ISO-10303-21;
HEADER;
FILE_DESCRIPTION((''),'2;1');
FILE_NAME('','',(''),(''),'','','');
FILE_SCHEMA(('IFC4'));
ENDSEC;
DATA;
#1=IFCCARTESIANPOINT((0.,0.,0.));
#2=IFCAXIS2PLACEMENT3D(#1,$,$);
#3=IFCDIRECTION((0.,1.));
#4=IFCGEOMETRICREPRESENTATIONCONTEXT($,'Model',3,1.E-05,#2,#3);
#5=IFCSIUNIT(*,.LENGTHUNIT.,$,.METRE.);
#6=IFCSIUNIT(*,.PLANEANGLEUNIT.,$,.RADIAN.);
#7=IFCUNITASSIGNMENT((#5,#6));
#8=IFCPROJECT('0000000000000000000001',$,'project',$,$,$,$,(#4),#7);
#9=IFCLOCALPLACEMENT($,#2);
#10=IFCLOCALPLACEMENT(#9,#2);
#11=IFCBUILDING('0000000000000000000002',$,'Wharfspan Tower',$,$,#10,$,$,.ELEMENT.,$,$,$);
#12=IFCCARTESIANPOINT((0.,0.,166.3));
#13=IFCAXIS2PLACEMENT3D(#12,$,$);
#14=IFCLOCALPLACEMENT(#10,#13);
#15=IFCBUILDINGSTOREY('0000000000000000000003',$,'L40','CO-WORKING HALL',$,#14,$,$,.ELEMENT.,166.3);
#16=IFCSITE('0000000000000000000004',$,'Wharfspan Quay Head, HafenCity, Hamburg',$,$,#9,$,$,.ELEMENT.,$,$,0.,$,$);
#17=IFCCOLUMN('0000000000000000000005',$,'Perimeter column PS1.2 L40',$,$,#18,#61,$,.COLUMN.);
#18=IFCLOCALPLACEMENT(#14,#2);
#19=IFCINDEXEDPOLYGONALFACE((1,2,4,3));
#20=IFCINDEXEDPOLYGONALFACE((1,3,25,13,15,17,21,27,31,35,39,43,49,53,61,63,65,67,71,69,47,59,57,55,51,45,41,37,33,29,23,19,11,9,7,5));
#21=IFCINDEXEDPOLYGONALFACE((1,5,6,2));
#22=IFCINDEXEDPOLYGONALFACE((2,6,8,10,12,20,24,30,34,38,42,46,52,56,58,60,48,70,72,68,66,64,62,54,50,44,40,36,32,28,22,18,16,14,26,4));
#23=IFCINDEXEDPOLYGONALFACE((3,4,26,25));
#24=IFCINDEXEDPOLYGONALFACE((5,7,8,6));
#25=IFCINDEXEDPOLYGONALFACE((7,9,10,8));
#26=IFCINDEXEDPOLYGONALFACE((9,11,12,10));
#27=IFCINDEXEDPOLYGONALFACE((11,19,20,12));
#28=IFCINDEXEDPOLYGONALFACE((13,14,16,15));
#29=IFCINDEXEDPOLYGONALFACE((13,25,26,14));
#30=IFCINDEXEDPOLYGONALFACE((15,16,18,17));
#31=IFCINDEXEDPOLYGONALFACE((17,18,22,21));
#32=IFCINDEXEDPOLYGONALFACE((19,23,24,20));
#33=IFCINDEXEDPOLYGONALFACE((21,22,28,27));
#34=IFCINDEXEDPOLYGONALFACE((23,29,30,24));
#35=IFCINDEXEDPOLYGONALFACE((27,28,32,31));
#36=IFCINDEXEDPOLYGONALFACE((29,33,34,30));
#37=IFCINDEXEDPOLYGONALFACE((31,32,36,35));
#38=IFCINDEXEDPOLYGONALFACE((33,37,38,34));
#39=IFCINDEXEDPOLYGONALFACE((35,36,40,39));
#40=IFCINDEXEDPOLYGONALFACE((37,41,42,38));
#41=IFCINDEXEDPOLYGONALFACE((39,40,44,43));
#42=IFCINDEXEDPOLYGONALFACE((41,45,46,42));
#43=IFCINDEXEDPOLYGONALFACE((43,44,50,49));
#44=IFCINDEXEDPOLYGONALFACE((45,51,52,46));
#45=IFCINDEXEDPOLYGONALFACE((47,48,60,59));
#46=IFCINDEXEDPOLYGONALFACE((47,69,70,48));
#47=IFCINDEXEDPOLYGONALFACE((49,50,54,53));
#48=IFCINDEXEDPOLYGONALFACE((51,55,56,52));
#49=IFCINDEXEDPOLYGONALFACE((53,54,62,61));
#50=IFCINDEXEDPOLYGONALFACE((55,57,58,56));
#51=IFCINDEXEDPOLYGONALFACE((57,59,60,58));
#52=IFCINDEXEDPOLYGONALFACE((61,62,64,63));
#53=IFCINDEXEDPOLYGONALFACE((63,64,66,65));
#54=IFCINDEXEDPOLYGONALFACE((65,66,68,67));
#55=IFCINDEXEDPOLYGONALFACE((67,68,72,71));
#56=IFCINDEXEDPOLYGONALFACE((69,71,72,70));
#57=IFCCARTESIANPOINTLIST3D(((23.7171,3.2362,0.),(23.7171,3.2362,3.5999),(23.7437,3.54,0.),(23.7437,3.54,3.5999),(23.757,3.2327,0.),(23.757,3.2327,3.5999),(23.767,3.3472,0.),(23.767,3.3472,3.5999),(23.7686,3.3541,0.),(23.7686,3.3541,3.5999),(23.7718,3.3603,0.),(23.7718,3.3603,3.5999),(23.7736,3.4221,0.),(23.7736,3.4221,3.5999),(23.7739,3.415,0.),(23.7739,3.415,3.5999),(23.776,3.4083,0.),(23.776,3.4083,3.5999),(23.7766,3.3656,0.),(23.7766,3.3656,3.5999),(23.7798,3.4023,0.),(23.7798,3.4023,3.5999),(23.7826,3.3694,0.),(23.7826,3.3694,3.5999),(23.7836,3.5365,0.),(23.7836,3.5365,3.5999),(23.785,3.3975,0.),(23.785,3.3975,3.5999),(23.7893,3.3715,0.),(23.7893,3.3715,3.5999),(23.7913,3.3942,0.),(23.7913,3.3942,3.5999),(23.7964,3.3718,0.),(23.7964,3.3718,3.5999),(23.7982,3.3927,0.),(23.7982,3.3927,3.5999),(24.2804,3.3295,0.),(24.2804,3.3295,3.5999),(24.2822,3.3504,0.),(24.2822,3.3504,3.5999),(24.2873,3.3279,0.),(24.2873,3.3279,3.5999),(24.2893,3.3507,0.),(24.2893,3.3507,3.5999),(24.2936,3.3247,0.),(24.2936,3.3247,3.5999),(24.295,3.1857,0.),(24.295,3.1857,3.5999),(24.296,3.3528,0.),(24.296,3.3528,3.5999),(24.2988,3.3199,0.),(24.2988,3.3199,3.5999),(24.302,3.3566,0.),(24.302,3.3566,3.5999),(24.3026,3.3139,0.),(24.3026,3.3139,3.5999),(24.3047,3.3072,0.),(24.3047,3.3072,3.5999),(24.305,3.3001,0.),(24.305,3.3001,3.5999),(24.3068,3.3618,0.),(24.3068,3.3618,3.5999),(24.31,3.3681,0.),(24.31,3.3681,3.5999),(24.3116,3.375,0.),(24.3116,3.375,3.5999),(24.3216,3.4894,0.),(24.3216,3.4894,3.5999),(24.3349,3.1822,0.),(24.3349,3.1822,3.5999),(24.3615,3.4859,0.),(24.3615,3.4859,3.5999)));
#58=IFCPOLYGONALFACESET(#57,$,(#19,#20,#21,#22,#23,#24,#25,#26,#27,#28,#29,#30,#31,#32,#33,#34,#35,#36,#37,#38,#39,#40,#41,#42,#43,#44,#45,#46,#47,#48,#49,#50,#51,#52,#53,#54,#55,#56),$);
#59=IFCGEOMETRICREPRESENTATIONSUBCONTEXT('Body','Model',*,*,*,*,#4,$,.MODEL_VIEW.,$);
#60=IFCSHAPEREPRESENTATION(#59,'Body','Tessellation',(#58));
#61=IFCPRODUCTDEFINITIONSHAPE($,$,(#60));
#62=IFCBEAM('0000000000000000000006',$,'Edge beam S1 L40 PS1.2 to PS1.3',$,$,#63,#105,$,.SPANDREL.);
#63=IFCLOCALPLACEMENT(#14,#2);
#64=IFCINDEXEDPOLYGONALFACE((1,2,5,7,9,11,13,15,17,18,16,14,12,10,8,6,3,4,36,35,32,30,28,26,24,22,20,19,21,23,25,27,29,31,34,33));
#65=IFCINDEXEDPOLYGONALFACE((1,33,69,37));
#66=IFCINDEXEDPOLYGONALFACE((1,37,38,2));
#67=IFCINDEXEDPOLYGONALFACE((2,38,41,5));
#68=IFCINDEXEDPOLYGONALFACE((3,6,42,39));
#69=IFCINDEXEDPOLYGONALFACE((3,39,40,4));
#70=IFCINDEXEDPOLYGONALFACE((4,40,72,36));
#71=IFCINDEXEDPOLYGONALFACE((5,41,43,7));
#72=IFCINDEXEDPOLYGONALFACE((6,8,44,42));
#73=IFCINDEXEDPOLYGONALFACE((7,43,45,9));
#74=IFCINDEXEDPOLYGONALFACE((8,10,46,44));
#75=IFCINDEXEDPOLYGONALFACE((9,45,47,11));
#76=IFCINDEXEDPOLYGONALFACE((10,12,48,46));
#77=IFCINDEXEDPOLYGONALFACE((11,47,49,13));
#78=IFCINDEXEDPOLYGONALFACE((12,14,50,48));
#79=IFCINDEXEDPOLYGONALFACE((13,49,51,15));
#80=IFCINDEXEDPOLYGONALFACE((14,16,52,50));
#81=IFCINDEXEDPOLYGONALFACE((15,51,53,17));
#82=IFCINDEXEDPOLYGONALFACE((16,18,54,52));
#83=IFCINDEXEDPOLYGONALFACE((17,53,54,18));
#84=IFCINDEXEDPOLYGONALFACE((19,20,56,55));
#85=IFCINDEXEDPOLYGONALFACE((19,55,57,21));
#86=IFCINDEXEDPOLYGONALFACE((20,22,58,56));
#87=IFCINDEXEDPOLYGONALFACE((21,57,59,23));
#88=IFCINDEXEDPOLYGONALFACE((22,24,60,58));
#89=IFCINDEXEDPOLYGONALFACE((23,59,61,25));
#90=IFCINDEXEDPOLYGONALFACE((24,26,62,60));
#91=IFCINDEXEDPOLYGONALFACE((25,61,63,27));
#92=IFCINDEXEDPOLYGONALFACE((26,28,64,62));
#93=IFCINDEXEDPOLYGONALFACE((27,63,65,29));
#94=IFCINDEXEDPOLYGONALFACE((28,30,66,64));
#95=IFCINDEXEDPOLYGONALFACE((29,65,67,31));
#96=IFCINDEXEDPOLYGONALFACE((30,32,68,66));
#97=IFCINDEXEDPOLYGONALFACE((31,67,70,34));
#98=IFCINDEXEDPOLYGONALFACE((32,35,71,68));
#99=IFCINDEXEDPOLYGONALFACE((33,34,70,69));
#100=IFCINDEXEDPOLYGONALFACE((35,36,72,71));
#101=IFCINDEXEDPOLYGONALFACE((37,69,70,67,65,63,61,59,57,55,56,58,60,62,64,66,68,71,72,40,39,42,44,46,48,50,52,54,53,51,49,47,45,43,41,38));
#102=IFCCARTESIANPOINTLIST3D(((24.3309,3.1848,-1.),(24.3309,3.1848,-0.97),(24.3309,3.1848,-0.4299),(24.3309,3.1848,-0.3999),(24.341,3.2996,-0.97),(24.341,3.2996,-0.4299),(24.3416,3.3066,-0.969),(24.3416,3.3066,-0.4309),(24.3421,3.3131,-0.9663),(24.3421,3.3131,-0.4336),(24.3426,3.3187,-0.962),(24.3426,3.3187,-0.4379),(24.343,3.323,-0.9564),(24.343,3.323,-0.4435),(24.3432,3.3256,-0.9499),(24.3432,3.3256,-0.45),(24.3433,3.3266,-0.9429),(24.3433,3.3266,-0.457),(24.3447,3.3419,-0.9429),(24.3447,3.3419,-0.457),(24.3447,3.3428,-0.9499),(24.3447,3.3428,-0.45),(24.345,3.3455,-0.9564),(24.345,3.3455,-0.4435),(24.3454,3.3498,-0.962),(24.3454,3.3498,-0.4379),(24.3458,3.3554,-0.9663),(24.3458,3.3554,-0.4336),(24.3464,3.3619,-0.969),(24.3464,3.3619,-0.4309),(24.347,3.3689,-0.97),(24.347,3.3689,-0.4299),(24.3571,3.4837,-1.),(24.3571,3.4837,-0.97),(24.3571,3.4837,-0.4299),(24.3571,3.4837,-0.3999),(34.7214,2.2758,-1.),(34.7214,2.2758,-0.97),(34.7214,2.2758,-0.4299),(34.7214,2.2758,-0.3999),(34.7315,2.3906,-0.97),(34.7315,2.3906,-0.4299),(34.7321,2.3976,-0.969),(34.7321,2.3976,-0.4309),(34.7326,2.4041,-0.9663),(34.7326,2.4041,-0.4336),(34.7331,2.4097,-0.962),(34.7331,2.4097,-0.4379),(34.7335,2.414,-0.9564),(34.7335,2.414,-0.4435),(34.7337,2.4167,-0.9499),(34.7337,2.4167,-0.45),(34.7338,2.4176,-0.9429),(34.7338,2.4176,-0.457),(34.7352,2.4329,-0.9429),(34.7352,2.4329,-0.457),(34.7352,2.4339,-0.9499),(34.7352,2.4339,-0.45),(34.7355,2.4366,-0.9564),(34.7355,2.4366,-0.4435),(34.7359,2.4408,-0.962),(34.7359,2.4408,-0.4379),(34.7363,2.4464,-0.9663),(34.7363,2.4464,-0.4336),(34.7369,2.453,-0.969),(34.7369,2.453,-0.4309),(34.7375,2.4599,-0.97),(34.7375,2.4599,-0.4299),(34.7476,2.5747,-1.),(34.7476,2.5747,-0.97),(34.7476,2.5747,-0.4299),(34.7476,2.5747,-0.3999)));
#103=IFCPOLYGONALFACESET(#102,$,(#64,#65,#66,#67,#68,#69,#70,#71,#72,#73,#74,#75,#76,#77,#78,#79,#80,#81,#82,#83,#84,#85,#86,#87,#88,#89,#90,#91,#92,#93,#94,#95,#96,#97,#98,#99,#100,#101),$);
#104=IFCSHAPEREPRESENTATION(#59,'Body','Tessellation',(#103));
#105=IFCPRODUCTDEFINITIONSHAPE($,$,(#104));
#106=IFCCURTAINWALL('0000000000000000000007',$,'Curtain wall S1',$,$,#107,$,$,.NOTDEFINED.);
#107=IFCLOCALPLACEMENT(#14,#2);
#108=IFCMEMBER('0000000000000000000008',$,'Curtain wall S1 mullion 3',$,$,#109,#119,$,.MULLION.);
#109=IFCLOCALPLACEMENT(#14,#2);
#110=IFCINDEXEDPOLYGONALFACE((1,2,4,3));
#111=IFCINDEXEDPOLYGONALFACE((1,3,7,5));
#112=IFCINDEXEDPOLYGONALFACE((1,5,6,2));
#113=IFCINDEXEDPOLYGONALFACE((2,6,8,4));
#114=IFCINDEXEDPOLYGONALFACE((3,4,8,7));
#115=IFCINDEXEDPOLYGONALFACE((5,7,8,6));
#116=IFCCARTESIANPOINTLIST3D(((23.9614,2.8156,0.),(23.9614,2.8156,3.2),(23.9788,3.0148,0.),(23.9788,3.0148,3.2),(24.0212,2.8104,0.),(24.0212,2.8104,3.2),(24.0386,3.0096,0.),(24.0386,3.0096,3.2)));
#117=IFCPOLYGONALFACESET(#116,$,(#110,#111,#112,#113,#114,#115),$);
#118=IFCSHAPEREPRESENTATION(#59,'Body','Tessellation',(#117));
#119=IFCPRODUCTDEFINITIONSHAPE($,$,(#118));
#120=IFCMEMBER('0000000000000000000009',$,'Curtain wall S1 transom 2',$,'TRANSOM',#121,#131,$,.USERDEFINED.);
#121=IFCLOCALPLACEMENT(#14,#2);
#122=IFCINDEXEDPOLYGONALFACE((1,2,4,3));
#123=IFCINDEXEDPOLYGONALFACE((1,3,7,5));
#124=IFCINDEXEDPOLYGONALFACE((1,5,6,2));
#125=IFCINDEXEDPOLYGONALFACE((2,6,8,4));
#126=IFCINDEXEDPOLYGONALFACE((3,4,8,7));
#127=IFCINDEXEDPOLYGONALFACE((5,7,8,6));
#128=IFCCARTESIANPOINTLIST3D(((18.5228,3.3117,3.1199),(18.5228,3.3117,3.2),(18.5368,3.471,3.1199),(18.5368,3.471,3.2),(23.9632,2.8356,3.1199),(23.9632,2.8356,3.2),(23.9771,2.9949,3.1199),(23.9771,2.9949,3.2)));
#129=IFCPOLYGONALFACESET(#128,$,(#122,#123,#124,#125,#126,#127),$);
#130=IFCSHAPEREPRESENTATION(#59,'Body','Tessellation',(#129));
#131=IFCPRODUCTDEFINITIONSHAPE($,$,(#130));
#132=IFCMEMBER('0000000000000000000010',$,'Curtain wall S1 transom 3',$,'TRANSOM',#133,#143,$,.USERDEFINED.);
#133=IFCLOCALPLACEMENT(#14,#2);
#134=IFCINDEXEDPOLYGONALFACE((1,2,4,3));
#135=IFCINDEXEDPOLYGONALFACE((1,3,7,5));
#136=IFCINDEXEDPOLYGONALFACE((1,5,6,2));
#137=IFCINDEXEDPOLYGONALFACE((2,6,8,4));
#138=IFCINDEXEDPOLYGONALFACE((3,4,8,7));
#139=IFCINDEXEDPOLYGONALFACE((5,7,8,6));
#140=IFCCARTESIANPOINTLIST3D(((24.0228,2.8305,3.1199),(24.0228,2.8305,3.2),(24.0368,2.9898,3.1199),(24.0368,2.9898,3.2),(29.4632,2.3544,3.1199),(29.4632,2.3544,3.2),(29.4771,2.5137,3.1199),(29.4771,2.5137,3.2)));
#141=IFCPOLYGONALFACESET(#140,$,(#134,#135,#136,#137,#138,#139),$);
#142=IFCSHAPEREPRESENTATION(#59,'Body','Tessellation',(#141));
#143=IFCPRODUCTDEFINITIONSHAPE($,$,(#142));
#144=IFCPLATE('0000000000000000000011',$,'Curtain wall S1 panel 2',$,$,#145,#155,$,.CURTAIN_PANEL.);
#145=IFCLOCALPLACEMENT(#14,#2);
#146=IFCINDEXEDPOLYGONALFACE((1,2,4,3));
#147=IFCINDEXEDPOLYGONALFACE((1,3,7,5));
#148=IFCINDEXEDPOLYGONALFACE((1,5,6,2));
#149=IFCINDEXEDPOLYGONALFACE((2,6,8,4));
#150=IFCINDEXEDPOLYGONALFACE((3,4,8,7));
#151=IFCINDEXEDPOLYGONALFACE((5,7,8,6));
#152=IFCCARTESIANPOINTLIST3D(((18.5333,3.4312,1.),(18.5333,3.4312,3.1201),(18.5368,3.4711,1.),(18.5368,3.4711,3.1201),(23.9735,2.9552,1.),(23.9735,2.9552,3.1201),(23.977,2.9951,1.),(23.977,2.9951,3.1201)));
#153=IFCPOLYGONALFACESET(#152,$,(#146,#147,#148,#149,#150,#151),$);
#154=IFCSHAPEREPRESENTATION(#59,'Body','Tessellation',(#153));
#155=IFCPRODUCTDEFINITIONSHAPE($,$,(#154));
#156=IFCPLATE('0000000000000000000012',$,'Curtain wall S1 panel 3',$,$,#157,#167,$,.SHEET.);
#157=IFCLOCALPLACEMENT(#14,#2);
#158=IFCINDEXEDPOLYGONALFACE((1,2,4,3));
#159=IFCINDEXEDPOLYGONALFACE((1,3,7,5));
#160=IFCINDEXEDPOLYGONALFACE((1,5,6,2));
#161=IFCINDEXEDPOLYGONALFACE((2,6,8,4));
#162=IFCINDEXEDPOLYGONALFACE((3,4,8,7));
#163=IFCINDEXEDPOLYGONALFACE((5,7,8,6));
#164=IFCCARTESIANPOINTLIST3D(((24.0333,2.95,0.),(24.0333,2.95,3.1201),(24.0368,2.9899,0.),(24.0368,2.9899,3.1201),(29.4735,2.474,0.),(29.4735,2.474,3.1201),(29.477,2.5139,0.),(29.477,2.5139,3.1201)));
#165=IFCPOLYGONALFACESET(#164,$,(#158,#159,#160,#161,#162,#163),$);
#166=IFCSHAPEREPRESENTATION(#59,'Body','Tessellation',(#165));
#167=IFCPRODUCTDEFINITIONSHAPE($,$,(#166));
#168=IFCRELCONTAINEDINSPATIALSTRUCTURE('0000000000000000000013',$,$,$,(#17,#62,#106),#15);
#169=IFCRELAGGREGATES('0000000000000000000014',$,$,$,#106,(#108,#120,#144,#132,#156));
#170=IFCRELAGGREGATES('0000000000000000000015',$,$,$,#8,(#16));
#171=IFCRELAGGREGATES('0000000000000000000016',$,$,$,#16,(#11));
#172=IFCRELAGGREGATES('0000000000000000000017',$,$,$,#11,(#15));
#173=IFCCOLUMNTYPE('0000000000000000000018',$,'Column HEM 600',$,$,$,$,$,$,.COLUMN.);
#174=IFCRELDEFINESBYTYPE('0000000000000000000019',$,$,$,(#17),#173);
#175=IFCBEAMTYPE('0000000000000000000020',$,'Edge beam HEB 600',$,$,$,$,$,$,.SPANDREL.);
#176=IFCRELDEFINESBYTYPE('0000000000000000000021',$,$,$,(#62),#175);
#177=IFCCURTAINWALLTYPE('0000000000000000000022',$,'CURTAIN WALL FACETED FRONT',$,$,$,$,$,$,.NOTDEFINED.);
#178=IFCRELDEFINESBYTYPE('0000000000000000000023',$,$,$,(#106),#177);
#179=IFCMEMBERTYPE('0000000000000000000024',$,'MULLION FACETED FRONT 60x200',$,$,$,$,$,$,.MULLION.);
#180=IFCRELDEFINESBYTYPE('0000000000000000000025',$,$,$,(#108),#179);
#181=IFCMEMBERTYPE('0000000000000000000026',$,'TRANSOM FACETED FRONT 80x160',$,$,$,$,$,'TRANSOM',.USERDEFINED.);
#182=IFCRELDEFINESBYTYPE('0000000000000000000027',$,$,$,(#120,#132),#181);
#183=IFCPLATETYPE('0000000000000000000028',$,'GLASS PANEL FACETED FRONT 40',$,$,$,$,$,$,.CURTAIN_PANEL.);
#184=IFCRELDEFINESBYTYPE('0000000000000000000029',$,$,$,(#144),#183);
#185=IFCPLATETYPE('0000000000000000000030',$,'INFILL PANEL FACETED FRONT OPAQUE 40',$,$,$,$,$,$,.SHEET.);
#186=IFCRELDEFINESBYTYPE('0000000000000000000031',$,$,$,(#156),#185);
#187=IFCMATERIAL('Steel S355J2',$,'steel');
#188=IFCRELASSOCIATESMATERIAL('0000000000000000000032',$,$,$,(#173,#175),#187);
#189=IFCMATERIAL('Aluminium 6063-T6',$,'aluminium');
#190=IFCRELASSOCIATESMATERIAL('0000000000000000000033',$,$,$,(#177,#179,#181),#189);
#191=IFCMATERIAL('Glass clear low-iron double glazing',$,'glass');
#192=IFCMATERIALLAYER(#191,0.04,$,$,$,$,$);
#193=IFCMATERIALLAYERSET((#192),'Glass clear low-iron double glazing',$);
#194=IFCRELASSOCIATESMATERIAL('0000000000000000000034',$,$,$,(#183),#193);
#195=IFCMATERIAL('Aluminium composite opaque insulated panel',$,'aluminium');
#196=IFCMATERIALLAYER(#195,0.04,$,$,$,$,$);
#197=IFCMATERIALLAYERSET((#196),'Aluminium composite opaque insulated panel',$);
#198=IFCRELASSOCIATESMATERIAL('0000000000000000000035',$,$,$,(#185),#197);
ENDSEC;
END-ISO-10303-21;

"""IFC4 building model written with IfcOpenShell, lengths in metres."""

from ifc_helpers import new_model, si_unit, direction, frame, origin, origin_2d, place, context, subcontext, project, spatial, rectangle, i_section, extrude, material, layer, layer_set, material_profile, profile_set, type_object, element, aggregate, save


model = new_model("IFC4")

# Units and contexts
model_context = context("Model", 3, precision=1e-05, world=origin(), true_north=direction((0.0, 1.0)))
body_context = subcontext(model_context, "Body", "Model", "MODEL_VIEW")
ifc_project = project(units=[si_unit("LENGTHUNIT", "METRE"), si_unit("PLANEANGLEUNIT", "RADIAN")], contexts=[model_context])

# Site, building, storey
site_placement = place(None, origin())
site = spatial("IfcSite", under=ifc_project, at=site_placement, Name="Wharfspan Quay Head, HafenCity, Hamburg", CompositionType="ELEMENT", RefElevation=0.0)
building_placement = place(site_placement, origin())
building = spatial("IfcBuilding", under=site, at=building_placement, Name="Wharfspan Tower", CompositionType="ELEMENT")
storey_placement = place(building_placement, frame((0.0, 0.0, 166.3)))
storey = spatial("IfcBuildingStorey", under=building, at=storey_placement, Name="L40", Description="CO-WORKING HALL", CompositionType="ELEMENT", Elevation=166.3)

# Column
ifc_material_1 = material(Name="Steel S355J2", Category="steel")
ifc_material_profile_1 = material_profile(ifc_material_1, i_section(OverallWidth=0.3049, OverallDepth=0.6201, WebThickness=0.021, FlangeThickness=0.04, FilletRadius=0.0271, at=origin_2d()))
ifc_profile_set_1 = profile_set([ifc_material_profile_1], Name="Steel S355J2")
column_type = type_object("IfcColumnType", Name="Column HEM 600", PredefinedType="COLUMN", material=ifc_profile_set_1)
column_placement = place(storey_placement, frame((24.0393, 3.3611, 0.0), z_axis=(0.0, 0.0, 1.0), x_axis=(-0.087156, -0.996198, 0.0)))
element("IfcColumn", 1, at=column_placement, inside=storey, type_object=column_type, Name="Perimeter column PS1.2 L40", PredefinedType="COLUMN", context=body_context, shape_type="SweptSolid", body=[
    extrude(i_section(OverallWidth=0.3049, OverallDepth=0.6201, WebThickness=0.021, FlangeThickness=0.04, FilletRadius=0.0271, at=origin_2d()), origin(), (0.0, 0.0, 1.0), 3.5999),
])

# Beam
ifc_material_profile_2 = material_profile(ifc_material_1, i_section(OverallWidth=0.3, OverallDepth=0.6001, WebThickness=0.0154, FlangeThickness=0.03, FilletRadius=0.0271, at=origin_2d()))
ifc_profile_set_2 = profile_set([ifc_material_profile_2], Name="Steel S355J2")
beam_type = type_object("IfcBeamType", Name="Edge beam HEB 600", PredefinedType="SPANDREL", material=ifc_profile_set_2)
beam_placement = place(storey_placement, frame((24.344, 3.3342, -0.7), z_axis=(0.996196, -0.087146, 0.0), x_axis=(0.087146, 0.996196, 0.0)))
element("IfcBeam", 2, at=beam_placement, inside=storey, type_object=beam_type, Name="Edge beam S1 L40 PS1.2 to PS1.3", PredefinedType="SPANDREL", context=body_context, shape_type="SweptSolid", body=[
    extrude(i_section(OverallWidth=0.3, OverallDepth=0.6001, WebThickness=0.0154, FlangeThickness=0.03, FilletRadius=0.0271, at=origin_2d()), origin(), (0.0, 0.0, 1.0), 10.4302),
])

# Curtain wall, members, plates
ifc_material_2 = material(Name="Aluminium 6063-T6", Category="aluminium")
curtain_wall_type = type_object("IfcCurtainWallType", Name="CURTAIN WALL FACETED FRONT", PredefinedType="NOTDEFINED", material=ifc_material_2)
curtain_wall_placement = place(storey_placement, origin())
curtain_wall = element("IfcCurtainWall", 3, at=curtain_wall_placement, inside=storey, type_object=curtain_wall_type, Name="Curtain wall S1", PredefinedType="NOTDEFINED")
ifc_material_profile_3 = material_profile(ifc_material_2, rectangle(XDim=0.2, YDim=0.0601, at=origin_2d()))
ifc_profile_set_3 = profile_set([ifc_material_profile_3], Name="Aluminium 6063-T6")
member_type_1 = type_object("IfcMemberType", Name="MULLION FACETED FRONT 60x200", PredefinedType="MULLION", material=ifc_profile_set_3)
member_1_placement = place(storey_placement, frame((24.0, 2.9126, 0.0), z_axis=(0.0, 0.0, 1.0), x_axis=(0.087156, 0.996198, 0.0)))
member_1 = element("IfcMember", 4, at=member_1_placement, type_object=member_type_1, Name="Curtain wall S1 mullion 3", PredefinedType="MULLION", context=body_context, shape_type="SweptSolid", body=[
    extrude(rectangle(XDim=0.2, YDim=0.0601, at=origin_2d()), origin(), (0.0, 0.0, 1.0), 3.2),
])
ifc_material_profile_4 = material_profile(ifc_material_2, rectangle(XDim=0.1599, YDim=0.0801, at=origin_2d()))
ifc_profile_set_4 = profile_set([ifc_material_profile_4], Name="Aluminium 6063-T6")
member_type_2 = type_object("IfcMemberType", Name="TRANSOM FACETED FRONT 80x160", ElementType="TRANSOM", PredefinedType="USERDEFINED", material=ifc_profile_set_4)
member_2_placement = place(storey_placement, frame((18.5298, 3.3914, 3.1599), z_axis=(0.996193, -0.087174, 0.0), x_axis=(0.087174, 0.996193, 0.0)))
member_2 = element("IfcMember", 5, at=member_2_placement, type_object=member_type_2, Name="Curtain wall S1 transom 2", ObjectType="TRANSOM", PredefinedType="USERDEFINED", context=body_context, shape_type="SweptSolid", body=[
    extrude(rectangle(XDim=0.1599, YDim=0.0801, at=origin_2d()), origin(), (0.0, 0.0, 1.0), 5.4612),
])
member_3_placement = place(storey_placement, frame((24.0298, 2.9102, 3.1599), z_axis=(0.996193, -0.087174, 0.0), x_axis=(0.087174, 0.996193, 0.0)))
member_3 = element("IfcMember", 6, at=member_3_placement, type_object=member_type_2, Name="Curtain wall S1 transom 3", ObjectType="TRANSOM", PredefinedType="USERDEFINED", context=body_context, shape_type="SweptSolid", body=[
    extrude(rectangle(XDim=0.1599, YDim=0.0801, at=origin_2d()), origin(), (0.0, 0.0, 1.0), 5.4612),
])
ifc_material_3 = material(Name="Glass clear low-iron double glazing", Category="glass")
ifc_layer_1 = layer(ifc_material_3, 0.04)
ifc_layer_set_1 = layer_set([ifc_layer_1], Name="Glass clear low-iron double glazing")
plate_type_1 = type_object("IfcPlateType", Name="GLASS PANEL FACETED FRONT 40", PredefinedType="CURTAIN_PANEL", material=ifc_layer_set_1)
plate_1_placement = place(storey_placement, frame((21.2551, 3.2131, 1.0), z_axis=(0.0, 0.0, 1.0), x_axis=(0.996198, -0.087156, 0.0)))
plate_1 = element("IfcPlate", 7, at=plate_1_placement, type_object=plate_type_1, Name="Curtain wall S1 panel 2", PredefinedType="CURTAIN_PANEL", context=body_context, shape_type="SweptSolid", body=[
    extrude(rectangle(XDim=5.4609, YDim=0.04, at=origin_2d()), origin(), (0.0, 0.0, 1.0), 2.1201),
])
ifc_material_4 = material(Name="Aluminium composite opaque insulated panel", Category="aluminium")
ifc_layer_2 = layer(ifc_material_4, 0.04)
ifc_layer_set_2 = layer_set([ifc_layer_2], Name="Aluminium composite opaque insulated panel")
plate_type_2 = type_object("IfcPlateType", Name="INFILL PANEL FACETED FRONT OPAQUE 40", PredefinedType="SHEET", material=ifc_layer_set_2)
plate_2_placement = place(storey_placement, frame((26.7551, 2.7319, 0.0), z_axis=(0.0, 0.0, 1.0), x_axis=(0.996198, -0.087156, 0.0)))
plate_2 = element("IfcPlate", 8, at=plate_2_placement, type_object=plate_type_2, Name="Curtain wall S1 panel 3", PredefinedType="SHEET", context=body_context, shape_type="SweptSolid", body=[
    extrude(rectangle(XDim=5.4609, YDim=0.04, at=origin_2d()), origin(), (0.0, 0.0, 1.0), 3.1201),
])
aggregate(curtain_wall, [member_1, member_2, plate_1, member_3, plate_2])

save(model, "model.ifc")
